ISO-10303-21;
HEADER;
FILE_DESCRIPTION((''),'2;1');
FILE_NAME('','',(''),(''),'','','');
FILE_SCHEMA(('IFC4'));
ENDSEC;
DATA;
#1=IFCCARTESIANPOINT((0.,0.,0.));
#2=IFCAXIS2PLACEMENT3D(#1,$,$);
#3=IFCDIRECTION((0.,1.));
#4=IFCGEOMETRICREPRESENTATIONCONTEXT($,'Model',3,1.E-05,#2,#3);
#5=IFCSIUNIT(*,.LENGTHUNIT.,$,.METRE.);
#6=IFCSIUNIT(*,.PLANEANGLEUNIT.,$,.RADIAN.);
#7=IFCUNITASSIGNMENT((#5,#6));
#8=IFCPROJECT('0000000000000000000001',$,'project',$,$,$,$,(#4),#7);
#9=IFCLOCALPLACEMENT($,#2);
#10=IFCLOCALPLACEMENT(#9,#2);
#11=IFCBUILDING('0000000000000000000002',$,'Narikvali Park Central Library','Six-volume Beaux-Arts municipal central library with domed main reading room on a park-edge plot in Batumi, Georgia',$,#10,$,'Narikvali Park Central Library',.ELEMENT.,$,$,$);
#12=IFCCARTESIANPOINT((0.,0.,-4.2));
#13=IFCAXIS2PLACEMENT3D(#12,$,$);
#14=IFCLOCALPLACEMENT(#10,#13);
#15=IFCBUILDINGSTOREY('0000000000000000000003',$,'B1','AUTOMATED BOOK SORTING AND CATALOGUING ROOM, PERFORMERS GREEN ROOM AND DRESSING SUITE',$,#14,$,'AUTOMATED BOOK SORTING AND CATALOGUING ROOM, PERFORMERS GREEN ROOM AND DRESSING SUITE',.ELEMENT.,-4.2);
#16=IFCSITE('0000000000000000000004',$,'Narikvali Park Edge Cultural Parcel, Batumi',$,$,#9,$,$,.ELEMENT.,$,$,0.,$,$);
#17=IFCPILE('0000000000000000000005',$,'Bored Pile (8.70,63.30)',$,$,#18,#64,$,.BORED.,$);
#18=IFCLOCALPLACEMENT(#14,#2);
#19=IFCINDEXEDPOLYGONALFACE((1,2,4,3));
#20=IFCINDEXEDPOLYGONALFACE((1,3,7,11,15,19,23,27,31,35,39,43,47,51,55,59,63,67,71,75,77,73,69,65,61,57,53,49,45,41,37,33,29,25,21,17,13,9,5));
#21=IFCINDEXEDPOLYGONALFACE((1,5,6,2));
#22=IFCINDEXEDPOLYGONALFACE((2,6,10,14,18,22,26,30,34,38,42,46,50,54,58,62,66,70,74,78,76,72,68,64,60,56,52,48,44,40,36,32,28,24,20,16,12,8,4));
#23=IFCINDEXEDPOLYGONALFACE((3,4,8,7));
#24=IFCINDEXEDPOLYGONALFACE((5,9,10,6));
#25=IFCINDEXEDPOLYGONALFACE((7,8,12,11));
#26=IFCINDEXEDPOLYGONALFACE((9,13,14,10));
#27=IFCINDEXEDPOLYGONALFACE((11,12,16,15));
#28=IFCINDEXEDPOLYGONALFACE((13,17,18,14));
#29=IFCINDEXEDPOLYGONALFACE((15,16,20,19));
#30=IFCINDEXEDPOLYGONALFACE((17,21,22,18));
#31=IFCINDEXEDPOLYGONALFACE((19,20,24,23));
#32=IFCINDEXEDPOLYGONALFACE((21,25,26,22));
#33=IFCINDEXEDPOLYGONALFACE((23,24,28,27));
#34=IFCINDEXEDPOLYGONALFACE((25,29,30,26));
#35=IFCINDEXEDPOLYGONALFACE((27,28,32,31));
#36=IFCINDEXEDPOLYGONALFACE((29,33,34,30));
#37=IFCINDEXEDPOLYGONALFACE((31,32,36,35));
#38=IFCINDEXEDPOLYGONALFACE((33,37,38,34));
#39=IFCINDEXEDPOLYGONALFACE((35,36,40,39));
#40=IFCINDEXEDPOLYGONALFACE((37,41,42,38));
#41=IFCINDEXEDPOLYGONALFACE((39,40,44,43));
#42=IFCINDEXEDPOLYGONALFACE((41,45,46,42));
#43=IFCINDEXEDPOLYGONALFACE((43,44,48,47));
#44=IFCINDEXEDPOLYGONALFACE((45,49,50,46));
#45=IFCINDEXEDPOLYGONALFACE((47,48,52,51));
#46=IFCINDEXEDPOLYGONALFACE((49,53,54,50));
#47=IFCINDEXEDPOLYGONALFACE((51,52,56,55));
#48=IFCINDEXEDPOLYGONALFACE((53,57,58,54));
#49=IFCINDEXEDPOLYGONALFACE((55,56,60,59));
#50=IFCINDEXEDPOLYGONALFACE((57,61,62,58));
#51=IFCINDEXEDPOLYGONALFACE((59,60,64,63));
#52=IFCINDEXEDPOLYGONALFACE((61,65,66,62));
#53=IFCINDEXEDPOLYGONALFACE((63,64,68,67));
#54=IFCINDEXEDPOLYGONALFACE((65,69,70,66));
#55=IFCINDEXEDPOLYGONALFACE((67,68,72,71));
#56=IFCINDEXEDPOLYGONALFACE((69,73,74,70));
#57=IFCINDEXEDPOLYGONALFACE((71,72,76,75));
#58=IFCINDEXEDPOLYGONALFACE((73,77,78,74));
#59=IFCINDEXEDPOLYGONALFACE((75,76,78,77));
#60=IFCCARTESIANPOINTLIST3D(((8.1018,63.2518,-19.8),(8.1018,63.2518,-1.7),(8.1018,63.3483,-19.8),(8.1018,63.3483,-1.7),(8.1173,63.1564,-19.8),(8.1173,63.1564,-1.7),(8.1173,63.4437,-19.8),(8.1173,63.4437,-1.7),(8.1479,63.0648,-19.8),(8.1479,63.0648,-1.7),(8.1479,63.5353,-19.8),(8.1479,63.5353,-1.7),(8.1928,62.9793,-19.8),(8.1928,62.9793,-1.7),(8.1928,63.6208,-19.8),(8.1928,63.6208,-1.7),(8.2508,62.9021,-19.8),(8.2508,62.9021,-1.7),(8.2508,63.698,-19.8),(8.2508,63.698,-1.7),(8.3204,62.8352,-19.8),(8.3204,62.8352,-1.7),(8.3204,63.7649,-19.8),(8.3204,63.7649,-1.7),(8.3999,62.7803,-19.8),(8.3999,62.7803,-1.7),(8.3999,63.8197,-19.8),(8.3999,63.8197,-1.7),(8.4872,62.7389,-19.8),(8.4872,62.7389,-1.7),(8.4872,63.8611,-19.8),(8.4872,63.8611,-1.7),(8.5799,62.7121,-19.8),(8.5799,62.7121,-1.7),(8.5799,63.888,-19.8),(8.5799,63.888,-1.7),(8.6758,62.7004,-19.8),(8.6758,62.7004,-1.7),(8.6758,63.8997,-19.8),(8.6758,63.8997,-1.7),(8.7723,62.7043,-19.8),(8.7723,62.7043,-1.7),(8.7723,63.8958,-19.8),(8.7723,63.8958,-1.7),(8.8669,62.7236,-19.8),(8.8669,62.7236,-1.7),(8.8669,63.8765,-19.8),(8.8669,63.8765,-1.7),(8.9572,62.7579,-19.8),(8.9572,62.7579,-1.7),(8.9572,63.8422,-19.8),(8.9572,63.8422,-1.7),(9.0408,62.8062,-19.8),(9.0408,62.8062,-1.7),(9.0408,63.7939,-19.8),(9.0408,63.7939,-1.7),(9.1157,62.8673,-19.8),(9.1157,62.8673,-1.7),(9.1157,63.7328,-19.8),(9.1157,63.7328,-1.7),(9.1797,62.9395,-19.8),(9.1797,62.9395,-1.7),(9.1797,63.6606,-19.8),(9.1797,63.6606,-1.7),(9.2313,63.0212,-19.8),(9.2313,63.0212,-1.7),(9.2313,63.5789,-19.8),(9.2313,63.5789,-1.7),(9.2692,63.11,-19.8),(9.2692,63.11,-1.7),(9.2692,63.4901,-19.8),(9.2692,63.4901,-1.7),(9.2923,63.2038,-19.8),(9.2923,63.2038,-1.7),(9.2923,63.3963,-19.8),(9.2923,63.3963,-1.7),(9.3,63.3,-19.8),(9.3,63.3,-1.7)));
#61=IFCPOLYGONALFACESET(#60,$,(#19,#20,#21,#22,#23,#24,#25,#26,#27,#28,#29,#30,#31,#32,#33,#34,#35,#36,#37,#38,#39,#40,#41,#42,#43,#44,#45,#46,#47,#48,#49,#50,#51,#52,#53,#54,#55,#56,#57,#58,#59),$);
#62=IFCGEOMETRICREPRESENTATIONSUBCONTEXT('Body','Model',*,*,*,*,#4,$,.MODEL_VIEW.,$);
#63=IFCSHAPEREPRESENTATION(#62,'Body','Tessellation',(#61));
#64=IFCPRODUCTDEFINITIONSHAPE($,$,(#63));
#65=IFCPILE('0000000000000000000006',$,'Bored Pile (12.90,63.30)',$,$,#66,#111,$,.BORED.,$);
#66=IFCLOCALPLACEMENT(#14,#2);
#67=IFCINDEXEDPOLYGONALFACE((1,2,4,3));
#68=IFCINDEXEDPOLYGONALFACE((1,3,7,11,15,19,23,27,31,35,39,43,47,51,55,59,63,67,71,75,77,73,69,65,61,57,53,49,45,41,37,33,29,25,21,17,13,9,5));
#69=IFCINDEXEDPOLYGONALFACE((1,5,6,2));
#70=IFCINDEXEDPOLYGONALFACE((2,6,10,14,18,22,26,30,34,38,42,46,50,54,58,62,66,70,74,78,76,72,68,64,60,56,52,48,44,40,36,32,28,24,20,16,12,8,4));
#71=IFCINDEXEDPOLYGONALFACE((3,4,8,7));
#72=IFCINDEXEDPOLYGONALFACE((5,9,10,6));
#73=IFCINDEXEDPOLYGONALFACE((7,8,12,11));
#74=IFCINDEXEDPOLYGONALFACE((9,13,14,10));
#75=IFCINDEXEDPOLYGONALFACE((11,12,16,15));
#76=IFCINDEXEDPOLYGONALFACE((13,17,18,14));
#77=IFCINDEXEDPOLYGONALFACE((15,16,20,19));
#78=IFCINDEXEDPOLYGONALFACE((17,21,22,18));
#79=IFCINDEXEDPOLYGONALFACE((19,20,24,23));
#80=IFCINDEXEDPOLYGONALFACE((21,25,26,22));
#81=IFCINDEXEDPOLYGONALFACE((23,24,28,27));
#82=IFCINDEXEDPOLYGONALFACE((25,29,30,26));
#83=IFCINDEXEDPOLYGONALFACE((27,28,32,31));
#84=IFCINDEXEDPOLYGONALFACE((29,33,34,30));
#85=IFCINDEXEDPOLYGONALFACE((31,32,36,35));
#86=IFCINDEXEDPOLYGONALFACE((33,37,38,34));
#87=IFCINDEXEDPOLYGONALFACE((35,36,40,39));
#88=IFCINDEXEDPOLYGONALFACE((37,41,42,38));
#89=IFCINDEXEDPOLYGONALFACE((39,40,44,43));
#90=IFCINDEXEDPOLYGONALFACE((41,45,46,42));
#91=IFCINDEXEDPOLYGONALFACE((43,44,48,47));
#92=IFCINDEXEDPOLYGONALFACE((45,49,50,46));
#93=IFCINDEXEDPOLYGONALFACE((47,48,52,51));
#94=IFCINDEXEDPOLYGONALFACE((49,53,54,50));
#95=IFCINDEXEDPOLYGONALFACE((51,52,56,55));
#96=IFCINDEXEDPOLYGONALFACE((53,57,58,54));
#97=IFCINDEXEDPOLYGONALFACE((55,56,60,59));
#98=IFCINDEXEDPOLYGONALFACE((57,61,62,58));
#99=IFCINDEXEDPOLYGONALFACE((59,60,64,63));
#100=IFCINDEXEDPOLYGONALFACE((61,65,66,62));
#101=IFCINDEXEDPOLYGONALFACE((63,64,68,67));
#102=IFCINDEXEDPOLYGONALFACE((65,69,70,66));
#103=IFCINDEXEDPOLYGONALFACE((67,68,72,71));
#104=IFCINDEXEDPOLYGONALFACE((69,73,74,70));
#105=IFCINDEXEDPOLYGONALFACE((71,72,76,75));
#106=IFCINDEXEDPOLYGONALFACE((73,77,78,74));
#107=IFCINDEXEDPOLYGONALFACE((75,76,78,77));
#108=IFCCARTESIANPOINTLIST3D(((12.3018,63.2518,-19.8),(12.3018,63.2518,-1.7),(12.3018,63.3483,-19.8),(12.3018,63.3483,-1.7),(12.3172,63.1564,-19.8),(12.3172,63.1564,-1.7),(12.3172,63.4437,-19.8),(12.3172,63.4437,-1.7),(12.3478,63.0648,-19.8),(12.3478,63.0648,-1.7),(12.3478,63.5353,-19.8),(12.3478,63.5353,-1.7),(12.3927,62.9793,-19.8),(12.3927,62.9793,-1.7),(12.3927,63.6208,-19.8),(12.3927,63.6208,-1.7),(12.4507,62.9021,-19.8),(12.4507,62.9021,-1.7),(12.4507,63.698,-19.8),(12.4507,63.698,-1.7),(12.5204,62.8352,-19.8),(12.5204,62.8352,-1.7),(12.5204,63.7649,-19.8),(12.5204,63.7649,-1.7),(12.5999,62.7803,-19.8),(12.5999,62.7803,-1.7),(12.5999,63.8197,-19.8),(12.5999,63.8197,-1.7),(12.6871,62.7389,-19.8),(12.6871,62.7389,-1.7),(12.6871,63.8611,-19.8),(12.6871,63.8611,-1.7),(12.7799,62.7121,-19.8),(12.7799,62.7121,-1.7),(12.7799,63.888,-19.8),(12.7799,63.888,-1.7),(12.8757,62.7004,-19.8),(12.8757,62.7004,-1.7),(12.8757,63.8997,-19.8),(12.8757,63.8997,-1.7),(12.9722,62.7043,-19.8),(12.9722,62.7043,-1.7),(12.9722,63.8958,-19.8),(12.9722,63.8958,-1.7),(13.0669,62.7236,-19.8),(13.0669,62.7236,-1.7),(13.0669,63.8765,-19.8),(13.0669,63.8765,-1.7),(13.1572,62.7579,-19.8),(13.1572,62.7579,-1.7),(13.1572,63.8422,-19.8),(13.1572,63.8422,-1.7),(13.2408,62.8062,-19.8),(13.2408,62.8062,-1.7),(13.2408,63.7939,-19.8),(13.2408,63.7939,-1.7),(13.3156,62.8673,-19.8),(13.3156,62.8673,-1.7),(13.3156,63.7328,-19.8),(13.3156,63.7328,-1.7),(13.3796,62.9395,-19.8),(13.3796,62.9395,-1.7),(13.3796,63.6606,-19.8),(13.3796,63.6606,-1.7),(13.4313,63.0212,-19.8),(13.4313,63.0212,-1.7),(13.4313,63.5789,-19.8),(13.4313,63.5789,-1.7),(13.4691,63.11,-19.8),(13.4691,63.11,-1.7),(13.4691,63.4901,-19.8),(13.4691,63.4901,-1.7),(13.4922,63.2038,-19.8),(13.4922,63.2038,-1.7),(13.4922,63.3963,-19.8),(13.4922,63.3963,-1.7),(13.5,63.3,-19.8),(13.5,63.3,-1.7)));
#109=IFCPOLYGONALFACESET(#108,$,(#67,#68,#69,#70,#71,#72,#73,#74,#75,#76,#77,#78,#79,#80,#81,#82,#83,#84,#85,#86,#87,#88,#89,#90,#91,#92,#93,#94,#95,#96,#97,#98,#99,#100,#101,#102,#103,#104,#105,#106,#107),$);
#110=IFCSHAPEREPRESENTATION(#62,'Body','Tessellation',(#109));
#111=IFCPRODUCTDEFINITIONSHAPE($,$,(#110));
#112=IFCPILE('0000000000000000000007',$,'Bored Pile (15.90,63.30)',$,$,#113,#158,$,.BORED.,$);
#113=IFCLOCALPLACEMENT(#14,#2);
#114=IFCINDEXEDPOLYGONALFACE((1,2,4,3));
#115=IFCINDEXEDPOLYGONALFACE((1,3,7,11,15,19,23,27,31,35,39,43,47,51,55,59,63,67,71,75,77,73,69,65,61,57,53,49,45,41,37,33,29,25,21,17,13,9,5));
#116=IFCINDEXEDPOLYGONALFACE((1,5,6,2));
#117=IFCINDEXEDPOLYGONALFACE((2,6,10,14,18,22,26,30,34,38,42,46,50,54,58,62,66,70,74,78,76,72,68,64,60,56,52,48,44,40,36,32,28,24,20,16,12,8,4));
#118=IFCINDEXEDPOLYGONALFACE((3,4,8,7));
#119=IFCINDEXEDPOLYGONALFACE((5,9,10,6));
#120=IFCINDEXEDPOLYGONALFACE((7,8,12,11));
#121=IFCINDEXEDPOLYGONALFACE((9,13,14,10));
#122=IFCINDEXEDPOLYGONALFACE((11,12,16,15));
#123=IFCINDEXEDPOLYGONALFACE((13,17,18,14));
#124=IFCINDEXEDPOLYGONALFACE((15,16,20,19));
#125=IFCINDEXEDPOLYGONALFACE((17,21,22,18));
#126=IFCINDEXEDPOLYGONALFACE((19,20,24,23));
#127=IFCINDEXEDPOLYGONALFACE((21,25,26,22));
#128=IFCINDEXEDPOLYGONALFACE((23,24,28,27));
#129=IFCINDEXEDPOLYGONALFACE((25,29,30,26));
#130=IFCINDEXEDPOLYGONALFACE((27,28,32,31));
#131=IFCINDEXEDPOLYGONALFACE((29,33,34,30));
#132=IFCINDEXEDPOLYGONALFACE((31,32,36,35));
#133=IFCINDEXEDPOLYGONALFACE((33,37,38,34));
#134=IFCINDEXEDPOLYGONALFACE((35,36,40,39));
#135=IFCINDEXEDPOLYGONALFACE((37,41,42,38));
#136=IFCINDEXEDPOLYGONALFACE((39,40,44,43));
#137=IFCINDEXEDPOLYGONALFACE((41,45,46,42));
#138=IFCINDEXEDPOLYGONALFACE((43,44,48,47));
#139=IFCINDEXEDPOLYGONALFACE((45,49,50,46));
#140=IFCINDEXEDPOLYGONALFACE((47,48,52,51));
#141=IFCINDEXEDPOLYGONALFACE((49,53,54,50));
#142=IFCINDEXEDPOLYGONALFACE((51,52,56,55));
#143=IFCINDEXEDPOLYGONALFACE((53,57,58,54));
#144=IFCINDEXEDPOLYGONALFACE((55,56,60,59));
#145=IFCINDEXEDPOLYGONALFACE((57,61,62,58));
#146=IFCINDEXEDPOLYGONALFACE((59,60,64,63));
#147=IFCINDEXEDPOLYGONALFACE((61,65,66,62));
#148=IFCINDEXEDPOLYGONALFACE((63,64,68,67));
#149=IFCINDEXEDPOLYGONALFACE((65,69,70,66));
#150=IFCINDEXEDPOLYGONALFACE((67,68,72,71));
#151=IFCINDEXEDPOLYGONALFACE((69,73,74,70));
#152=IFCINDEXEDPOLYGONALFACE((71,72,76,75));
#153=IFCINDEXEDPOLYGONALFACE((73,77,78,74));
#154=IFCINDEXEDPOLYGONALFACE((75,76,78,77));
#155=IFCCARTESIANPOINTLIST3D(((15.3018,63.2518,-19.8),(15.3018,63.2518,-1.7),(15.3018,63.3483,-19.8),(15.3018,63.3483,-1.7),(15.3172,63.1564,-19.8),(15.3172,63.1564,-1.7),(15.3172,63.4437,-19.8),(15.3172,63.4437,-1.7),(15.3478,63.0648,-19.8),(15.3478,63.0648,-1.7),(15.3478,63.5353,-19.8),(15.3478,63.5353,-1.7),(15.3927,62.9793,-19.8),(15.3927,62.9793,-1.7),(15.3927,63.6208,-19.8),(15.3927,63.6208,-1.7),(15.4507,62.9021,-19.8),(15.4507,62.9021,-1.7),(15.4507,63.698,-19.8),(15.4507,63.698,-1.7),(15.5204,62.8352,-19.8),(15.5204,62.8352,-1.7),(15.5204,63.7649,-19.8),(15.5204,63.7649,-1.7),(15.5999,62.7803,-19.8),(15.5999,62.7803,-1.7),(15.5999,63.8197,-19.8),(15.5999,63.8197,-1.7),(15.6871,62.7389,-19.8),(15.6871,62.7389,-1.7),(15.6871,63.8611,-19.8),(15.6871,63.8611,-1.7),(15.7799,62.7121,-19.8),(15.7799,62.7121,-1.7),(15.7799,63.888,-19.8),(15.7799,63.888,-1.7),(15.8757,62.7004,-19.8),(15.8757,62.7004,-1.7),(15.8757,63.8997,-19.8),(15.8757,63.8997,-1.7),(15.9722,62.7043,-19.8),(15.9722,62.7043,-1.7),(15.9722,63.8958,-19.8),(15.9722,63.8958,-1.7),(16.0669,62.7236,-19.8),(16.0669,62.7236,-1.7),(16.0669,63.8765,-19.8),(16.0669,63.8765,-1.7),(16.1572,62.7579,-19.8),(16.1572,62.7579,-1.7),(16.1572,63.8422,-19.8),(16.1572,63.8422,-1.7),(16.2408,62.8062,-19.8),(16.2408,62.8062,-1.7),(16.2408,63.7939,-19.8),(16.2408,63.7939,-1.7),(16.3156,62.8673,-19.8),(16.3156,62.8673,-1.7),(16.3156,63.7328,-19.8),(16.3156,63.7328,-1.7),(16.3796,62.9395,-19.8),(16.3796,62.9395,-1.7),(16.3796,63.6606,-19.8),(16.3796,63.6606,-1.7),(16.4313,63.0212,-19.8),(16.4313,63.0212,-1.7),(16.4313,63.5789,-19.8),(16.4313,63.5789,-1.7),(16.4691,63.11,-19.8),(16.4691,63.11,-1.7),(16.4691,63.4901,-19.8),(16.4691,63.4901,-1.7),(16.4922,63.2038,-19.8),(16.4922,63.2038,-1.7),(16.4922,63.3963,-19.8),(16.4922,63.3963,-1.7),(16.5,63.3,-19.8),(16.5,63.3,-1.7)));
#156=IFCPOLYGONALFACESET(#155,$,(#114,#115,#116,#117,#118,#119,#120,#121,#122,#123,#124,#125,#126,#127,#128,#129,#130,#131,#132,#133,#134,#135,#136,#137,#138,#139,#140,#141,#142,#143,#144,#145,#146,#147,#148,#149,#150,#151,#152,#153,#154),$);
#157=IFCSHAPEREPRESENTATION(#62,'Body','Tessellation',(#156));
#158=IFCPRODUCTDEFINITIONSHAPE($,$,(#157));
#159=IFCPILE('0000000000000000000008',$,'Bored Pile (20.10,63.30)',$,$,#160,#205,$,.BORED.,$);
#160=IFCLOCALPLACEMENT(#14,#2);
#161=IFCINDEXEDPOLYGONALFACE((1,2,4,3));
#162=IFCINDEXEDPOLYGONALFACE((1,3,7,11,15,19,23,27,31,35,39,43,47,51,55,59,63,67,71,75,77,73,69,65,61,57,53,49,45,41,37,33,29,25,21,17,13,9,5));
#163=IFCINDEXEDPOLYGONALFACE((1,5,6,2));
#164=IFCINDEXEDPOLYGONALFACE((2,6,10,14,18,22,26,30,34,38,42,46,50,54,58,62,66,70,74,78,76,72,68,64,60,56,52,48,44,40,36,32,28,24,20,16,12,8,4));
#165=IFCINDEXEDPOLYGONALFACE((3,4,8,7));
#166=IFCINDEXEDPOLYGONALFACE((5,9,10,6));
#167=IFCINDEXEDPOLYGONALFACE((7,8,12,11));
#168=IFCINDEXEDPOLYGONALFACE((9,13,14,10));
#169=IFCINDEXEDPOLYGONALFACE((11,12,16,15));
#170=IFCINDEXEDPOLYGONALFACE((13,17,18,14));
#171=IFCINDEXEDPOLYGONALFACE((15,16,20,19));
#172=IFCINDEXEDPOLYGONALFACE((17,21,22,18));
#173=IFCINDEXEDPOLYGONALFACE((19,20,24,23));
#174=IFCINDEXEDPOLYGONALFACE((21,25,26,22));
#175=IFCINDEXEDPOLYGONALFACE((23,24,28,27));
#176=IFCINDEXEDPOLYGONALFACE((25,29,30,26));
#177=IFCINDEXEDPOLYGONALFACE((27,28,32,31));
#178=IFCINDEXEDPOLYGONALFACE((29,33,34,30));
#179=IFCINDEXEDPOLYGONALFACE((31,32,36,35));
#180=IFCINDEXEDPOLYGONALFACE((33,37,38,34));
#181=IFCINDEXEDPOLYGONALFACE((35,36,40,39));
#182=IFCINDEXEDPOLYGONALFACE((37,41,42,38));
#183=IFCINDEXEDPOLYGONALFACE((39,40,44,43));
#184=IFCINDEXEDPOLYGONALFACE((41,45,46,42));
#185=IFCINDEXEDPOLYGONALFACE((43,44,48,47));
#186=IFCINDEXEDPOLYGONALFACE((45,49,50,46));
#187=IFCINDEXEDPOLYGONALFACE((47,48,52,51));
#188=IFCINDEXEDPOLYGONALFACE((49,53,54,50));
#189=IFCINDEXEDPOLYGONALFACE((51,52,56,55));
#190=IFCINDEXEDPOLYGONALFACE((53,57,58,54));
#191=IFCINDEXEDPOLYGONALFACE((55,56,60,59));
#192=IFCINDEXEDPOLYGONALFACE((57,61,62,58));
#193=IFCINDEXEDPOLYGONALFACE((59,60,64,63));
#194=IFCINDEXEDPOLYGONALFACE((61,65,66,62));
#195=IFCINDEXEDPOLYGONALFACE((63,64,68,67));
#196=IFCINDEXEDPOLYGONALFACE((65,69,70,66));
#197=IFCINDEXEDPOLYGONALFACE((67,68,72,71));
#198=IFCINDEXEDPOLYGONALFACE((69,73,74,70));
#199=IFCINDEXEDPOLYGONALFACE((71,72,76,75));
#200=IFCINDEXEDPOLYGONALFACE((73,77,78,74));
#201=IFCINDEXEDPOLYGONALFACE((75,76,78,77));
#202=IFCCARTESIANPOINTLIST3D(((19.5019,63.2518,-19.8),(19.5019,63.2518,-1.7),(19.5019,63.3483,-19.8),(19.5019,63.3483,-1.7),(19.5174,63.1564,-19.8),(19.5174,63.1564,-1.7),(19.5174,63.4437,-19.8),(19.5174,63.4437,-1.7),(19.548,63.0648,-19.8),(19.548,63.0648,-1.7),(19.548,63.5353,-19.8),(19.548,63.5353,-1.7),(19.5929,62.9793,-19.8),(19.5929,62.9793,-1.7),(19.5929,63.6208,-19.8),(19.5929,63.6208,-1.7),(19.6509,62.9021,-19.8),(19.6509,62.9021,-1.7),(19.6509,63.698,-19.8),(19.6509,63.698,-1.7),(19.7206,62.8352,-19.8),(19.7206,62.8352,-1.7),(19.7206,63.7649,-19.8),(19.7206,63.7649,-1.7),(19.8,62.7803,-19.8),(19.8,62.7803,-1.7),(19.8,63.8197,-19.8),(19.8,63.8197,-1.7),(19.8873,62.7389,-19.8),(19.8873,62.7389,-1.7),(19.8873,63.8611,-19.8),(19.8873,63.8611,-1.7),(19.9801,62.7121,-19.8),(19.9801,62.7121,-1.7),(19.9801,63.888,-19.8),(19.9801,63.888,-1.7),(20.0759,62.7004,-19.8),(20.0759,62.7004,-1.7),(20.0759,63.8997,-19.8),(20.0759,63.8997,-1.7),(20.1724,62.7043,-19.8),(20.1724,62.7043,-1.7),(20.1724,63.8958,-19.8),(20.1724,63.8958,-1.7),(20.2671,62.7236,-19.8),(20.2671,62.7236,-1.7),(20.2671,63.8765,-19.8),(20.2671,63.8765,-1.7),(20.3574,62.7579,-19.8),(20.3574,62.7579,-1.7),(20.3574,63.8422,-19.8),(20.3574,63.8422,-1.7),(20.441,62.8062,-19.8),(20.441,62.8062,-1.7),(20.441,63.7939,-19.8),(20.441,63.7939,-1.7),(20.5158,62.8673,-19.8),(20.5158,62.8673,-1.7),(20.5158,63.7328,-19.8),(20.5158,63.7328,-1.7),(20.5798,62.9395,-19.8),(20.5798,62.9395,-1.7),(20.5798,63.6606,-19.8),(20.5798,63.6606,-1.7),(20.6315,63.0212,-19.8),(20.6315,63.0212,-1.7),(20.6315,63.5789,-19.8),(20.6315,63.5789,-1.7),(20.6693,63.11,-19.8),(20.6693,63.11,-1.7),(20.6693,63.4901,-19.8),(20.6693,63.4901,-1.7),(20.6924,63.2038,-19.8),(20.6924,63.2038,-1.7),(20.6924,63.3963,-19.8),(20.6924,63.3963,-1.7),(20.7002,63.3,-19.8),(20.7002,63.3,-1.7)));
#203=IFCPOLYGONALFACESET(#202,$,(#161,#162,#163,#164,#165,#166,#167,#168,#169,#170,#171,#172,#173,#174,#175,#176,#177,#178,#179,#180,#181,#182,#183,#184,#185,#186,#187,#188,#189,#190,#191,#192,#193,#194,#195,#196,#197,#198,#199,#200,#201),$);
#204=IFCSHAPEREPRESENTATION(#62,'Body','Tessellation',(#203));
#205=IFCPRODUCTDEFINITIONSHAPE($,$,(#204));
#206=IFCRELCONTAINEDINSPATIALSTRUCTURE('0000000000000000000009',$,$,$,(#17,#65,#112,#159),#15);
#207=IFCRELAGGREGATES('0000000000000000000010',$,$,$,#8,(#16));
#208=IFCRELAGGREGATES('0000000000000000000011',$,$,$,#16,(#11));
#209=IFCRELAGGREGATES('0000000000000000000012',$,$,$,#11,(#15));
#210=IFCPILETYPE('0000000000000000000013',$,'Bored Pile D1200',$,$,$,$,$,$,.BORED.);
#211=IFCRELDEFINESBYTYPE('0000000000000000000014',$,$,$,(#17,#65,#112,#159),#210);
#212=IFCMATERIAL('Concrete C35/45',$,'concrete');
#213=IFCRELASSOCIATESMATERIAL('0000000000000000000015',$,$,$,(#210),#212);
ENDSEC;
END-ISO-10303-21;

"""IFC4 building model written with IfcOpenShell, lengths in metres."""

from ifc_helpers import new_model, si_unit, direction, frame, origin, origin_2d, place, context, subcontext, project, spatial, circle, extrude, material, material_profile, profile_set, type_object, element, save


model = new_model("IFC4")

# Units and contexts
model_context = context("Model", 3, precision=1e-05, world=origin(), true_north=direction((0.0, 1.0)))
body_context = subcontext(model_context, "Body", "Model", "MODEL_VIEW")
ifc_project = project(units=[si_unit("LENGTHUNIT", "METRE"), si_unit("PLANEANGLEUNIT", "RADIAN")], contexts=[model_context])

# Site, building, storey
site_placement = place(None, origin())
site = spatial("IfcSite", under=ifc_project, at=site_placement, Name="Narikvali Park Edge Cultural Parcel, Batumi", CompositionType="ELEMENT", RefElevation=0.0)
building_placement = place(site_placement, origin())
building = spatial("IfcBuilding", under=site, at=building_placement, Name="Narikvali Park Central Library", Description="Six-volume Beaux-Arts municipal central library with domed main reading room on a park-edge plot in Batumi, Georgia", LongName="Narikvali Park Central Library", CompositionType="ELEMENT")
storey_placement = place(building_placement, frame((0.0, 0.0, -4.2)))
storey = spatial("IfcBuildingStorey", under=building, at=storey_placement, Name="B1", Description="AUTOMATED BOOK SORTING AND CATALOGUING ROOM, PERFORMERS GREEN ROOM AND DRESSING SUITE", LongName="AUTOMATED BOOK SORTING AND CATALOGUING ROOM, PERFORMERS GREEN ROOM AND DRESSING SUITE", CompositionType="ELEMENT", Elevation=-4.2)

# Piles
ifc_material_1 = material(Name="Concrete C35/45", Category="concrete")
ifc_material_profile_1 = material_profile(ifc_material_1, circle(Radius=0.6001, at=origin_2d()), Name="PILE D1200")
ifc_profile_set_1 = profile_set([ifc_material_profile_1], Name="Concrete C35/45")
pile_type_1 = type_object("IfcPileType", Name="Bored Pile D1200", PredefinedType="BORED", material=ifc_profile_set_1)
for number, where, z_axis, x_axis, name in (
    (1, (8.7, 63.3, -1.7), (0.0, 0.0, -1.0), (1.0, 0.0, 0.0), "Bored Pile (8.70,63.30)"),
    (2, (12.8999, 63.3, -1.7), (0.0, 0.0, -1.0), (1.0, 0.0, 0.0), "Bored Pile (12.90,63.30)"),
    (3, (15.8999, 63.3, -1.7), (0.0, 0.0, -1.0), (1.0, 0.0, 0.0), "Bored Pile (15.90,63.30)"),
    (4, (20.1001, 63.3, -1.7), (0.0, 0.0, -1.0), (1.0, 0.0, 0.0), "Bored Pile (20.10,63.30)"),
):
    element("IfcPile", number, at=place(storey_placement, frame(where, z_axis=z_axis, x_axis=x_axis)), inside=storey, type_object=pile_type_1, Name=name, PredefinedType="BORED", context=body_context, shape_type="SweptSolid", body=[
        extrude(circle(Radius=0.6001, at=origin_2d()), origin(), (0.0, 0.0, 1.0), 18.1001),
    ])

save(model, "model.ifc")
